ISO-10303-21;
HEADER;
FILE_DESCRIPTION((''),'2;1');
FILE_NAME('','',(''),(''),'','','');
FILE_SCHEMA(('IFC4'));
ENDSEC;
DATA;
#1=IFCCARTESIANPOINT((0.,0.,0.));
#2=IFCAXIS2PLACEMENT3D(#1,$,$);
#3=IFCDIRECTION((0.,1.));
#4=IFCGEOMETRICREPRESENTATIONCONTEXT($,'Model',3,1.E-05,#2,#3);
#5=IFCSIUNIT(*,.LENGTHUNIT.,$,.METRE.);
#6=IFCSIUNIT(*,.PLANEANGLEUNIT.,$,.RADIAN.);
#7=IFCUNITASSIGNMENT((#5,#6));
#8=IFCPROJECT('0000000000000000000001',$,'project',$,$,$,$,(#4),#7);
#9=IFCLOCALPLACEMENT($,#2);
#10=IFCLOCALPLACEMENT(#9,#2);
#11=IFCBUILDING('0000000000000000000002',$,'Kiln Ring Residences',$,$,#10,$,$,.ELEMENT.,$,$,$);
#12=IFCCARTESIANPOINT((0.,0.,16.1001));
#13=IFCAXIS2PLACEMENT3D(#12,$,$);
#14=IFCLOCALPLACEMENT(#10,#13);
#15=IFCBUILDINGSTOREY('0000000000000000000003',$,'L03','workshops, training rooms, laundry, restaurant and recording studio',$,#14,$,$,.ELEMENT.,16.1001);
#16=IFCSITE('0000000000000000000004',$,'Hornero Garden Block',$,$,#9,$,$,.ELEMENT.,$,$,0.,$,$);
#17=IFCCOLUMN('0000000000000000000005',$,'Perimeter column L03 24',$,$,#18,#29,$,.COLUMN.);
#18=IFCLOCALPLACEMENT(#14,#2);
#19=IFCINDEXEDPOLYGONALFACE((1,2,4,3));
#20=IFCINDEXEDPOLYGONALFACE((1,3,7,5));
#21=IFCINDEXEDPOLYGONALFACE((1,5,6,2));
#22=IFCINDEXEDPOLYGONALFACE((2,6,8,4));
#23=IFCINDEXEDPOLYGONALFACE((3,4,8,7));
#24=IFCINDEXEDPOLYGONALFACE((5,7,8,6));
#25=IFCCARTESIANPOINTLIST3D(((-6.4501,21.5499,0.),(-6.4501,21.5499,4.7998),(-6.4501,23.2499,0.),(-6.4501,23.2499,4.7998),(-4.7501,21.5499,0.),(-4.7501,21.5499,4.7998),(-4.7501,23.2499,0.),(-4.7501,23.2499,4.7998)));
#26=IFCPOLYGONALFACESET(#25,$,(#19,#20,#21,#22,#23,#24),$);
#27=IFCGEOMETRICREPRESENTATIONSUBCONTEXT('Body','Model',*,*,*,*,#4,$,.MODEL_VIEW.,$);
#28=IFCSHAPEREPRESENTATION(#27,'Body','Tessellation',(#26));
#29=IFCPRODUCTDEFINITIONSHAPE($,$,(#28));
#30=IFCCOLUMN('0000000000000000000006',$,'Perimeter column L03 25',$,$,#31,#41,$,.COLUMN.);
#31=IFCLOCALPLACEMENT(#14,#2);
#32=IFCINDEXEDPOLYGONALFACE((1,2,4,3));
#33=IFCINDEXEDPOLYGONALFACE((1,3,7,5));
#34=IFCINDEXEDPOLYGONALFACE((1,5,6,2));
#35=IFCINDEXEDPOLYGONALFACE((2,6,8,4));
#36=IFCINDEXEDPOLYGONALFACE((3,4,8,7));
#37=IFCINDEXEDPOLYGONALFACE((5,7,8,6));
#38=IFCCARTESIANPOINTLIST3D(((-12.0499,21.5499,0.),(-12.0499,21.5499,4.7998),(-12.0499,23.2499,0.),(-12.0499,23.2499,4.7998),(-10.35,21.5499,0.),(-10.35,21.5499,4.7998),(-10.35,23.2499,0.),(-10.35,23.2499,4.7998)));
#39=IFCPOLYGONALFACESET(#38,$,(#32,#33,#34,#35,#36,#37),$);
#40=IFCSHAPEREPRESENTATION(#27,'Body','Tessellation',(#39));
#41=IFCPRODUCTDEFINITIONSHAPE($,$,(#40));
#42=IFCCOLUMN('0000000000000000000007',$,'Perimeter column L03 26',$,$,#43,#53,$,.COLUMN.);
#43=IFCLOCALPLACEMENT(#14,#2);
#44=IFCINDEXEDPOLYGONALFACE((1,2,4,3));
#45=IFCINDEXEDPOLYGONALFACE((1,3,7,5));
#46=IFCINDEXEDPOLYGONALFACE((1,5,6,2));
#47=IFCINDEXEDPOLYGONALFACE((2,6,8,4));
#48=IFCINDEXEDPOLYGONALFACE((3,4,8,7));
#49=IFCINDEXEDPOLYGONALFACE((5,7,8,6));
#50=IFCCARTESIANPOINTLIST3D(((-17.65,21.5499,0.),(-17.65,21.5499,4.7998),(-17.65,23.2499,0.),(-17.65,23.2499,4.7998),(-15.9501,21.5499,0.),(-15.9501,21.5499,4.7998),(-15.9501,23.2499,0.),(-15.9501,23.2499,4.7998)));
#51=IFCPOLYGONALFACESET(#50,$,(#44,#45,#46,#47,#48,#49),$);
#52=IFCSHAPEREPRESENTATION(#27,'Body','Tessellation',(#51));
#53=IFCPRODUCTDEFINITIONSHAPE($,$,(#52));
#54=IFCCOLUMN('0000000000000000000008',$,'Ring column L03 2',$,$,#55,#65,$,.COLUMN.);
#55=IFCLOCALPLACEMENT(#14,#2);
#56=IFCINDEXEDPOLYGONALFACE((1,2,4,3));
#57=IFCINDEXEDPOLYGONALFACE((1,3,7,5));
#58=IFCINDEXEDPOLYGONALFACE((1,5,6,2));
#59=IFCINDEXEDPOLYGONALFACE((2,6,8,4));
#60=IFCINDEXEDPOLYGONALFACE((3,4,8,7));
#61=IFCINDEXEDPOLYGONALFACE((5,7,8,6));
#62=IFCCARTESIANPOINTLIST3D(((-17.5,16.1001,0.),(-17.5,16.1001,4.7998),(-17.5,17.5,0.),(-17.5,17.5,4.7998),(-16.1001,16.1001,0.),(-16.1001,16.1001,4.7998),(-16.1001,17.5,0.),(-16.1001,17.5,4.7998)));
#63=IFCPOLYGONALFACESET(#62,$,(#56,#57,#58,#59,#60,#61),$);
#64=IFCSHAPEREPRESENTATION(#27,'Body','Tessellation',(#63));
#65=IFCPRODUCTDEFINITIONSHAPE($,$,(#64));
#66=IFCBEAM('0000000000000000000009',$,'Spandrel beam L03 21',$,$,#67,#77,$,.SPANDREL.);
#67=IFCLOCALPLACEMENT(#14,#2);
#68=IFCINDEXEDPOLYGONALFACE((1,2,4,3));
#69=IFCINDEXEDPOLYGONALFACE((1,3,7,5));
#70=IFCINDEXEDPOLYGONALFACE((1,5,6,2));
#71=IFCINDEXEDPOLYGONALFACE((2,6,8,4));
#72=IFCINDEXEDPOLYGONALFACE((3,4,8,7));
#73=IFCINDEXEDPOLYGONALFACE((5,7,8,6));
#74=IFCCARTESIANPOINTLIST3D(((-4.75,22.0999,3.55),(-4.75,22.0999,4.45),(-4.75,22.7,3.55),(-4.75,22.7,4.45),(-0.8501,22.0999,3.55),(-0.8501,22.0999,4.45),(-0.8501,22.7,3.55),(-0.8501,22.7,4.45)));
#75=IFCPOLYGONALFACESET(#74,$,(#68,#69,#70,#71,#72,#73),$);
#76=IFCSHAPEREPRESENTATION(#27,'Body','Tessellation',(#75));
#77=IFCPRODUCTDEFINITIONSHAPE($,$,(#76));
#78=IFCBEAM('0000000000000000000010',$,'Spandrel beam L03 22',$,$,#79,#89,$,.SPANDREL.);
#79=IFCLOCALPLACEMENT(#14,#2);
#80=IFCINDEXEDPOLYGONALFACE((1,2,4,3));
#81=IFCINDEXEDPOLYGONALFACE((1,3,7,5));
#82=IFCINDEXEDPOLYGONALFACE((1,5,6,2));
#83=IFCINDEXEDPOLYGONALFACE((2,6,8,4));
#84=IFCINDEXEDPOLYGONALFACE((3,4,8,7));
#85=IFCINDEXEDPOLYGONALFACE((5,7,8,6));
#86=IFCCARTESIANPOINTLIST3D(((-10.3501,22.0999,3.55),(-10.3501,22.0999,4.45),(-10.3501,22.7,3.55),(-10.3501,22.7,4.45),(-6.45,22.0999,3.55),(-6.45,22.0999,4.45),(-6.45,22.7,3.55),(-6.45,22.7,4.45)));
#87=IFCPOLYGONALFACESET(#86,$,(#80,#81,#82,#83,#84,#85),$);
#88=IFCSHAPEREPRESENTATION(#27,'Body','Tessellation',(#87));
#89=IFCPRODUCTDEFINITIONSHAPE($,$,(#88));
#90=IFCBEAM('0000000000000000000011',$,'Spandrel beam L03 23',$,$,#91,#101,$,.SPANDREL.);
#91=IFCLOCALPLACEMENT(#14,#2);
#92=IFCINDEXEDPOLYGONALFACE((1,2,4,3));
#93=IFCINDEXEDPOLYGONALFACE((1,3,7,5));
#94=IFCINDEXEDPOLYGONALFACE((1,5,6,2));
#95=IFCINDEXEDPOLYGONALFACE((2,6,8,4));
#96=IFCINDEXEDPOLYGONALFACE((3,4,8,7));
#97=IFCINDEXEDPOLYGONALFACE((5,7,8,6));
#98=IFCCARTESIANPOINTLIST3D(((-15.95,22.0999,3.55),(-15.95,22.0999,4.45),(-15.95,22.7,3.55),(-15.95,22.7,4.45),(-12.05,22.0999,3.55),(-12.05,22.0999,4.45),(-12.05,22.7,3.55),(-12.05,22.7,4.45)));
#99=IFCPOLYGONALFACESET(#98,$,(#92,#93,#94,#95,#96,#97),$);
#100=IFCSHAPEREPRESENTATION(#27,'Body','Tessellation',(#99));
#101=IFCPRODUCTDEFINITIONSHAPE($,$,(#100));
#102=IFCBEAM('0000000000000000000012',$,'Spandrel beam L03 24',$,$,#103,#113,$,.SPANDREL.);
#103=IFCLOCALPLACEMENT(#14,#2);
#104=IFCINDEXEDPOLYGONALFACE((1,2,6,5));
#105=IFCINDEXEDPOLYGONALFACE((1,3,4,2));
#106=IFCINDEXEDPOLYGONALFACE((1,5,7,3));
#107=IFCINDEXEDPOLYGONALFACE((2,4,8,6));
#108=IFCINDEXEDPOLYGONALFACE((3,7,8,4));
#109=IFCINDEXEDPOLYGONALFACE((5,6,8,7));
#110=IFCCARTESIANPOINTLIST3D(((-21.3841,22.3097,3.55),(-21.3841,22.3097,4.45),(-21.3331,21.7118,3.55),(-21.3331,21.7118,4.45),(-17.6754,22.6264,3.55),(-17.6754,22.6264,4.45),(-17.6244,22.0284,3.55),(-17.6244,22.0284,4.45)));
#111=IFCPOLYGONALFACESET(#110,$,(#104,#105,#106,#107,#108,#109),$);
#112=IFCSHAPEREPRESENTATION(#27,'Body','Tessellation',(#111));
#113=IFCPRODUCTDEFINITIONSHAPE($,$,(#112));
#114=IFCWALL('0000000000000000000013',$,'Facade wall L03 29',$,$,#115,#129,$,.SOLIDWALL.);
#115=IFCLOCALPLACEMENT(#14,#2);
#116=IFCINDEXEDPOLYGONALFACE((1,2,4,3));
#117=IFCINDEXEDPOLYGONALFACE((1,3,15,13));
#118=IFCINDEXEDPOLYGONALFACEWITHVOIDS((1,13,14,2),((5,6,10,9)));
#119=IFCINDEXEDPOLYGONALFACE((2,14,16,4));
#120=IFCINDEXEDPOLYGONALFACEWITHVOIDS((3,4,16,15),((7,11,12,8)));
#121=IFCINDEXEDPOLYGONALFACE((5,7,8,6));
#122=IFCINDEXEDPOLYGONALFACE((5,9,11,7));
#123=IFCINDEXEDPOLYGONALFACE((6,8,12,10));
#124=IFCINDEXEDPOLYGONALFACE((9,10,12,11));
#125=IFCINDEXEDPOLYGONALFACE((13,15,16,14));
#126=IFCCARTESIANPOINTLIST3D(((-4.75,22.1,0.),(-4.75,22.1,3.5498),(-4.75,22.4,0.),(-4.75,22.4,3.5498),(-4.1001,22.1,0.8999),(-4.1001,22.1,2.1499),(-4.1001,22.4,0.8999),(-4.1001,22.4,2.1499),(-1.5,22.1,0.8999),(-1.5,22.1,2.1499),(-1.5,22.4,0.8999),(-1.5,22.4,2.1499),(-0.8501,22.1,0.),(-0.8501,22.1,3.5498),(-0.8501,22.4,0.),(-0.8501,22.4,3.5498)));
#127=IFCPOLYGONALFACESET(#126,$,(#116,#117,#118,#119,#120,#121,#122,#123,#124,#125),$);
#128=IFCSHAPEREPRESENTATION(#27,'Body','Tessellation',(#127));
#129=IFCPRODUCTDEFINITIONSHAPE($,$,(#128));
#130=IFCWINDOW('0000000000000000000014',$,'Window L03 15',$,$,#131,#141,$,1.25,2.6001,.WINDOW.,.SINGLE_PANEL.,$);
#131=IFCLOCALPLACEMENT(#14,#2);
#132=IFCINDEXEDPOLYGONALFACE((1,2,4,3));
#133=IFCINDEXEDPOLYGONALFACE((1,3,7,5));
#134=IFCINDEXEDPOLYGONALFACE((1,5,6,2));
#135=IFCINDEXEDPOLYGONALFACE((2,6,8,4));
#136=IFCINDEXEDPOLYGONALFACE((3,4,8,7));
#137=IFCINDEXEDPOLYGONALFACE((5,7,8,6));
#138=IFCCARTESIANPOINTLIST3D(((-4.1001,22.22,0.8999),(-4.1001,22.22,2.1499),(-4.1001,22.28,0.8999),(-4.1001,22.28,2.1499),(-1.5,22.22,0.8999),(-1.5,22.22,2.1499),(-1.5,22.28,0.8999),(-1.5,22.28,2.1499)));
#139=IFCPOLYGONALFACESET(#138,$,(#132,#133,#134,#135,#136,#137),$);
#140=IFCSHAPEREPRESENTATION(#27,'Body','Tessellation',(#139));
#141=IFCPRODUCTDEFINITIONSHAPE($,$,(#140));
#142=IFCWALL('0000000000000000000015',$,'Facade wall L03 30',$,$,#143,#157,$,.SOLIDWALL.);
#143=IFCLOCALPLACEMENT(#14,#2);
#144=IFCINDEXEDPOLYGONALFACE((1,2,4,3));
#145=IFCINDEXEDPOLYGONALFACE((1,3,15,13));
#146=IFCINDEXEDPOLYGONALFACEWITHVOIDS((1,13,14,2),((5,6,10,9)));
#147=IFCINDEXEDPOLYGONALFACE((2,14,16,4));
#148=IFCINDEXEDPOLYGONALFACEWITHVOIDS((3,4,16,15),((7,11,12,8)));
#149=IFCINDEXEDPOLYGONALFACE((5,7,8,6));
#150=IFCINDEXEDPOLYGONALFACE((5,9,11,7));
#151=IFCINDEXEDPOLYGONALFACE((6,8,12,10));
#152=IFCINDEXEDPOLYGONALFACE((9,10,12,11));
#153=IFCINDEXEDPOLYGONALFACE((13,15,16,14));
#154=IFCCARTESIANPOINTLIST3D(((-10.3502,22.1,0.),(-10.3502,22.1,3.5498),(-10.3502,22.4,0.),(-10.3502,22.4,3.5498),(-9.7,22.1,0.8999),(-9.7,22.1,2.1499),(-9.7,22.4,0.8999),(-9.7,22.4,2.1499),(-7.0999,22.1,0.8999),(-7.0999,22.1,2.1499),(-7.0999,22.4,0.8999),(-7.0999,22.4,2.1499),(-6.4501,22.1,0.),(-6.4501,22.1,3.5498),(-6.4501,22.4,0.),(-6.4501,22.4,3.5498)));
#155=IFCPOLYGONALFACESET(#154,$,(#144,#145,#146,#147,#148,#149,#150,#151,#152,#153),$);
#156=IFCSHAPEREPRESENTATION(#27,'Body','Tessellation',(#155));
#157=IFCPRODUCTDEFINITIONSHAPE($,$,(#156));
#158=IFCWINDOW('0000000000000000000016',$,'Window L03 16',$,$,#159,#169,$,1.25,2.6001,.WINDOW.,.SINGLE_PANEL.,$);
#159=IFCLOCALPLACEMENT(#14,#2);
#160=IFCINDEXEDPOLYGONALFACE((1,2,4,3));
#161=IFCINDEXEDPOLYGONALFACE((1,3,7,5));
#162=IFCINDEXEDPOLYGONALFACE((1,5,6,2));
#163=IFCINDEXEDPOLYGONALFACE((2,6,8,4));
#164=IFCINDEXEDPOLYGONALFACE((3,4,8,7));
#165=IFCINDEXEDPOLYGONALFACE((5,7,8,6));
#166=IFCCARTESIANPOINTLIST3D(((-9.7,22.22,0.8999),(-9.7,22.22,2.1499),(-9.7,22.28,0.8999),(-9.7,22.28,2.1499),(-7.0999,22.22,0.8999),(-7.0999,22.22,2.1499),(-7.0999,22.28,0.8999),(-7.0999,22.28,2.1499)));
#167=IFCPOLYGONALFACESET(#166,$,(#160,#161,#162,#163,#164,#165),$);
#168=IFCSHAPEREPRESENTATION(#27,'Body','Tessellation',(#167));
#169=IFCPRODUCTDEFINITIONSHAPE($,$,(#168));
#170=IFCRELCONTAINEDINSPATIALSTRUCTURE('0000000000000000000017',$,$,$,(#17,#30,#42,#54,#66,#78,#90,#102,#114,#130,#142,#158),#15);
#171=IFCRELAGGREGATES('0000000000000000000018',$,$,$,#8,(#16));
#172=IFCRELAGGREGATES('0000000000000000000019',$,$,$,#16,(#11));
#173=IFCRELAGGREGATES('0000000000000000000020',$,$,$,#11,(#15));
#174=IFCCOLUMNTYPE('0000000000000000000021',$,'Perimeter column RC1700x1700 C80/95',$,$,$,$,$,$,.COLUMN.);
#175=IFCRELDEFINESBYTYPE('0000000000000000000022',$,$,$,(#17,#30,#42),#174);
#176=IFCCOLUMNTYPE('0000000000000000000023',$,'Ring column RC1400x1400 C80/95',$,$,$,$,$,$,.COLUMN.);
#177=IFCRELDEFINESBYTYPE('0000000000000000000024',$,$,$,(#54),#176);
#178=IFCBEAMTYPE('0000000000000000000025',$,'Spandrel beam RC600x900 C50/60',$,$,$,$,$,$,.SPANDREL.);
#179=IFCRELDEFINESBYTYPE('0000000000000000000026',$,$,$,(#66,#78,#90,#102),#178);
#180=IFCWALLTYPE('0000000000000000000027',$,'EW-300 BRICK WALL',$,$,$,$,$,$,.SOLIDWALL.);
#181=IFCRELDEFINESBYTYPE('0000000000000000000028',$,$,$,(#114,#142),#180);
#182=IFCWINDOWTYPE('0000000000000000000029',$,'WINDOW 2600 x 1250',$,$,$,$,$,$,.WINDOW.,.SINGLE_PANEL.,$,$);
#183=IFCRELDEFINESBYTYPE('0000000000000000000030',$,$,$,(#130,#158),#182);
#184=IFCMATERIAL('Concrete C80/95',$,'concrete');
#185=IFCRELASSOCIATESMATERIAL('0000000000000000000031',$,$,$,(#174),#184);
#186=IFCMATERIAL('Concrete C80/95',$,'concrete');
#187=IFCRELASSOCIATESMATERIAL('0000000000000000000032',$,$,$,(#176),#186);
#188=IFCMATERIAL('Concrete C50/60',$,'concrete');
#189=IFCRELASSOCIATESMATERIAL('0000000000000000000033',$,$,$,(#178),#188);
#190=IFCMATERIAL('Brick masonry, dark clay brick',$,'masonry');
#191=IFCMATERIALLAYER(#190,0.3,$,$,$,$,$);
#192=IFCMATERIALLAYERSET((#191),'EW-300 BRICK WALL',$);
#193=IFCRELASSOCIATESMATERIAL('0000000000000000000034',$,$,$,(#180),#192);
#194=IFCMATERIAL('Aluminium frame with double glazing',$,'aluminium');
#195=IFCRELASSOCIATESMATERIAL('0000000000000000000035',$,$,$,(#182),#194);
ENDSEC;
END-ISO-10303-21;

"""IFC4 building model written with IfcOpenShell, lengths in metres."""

from ifc_helpers import new_model, si_unit, direction, frame, frame_2d, origin, origin_2d, place, context, subcontext, project, spatial, rectangle, extrude, material, layer, layer_set, material_profile, profile_set, type_object, element, fill, save


model = new_model("IFC4")

# Units and contexts
model_context = context("Model", 3, precision=1e-05, world=origin(), true_north=direction((0.0, 1.0)))
body_context = subcontext(model_context, "Body", "Model", "MODEL_VIEW")
ifc_project = project(units=[si_unit("LENGTHUNIT", "METRE"), si_unit("PLANEANGLEUNIT", "RADIAN")], contexts=[model_context])

# Site, building, storey
site_placement = place(None, origin())
site = spatial("IfcSite", under=ifc_project, at=site_placement, Name="Hornero Garden Block", CompositionType="ELEMENT", RefElevation=0.0)
building_placement = place(site_placement, origin())
building = spatial("IfcBuilding", under=site, at=building_placement, Name="Kiln Ring Residences", CompositionType="ELEMENT")
storey_placement = place(building_placement, frame((0.0, 0.0, 16.1001)))
storey = spatial("IfcBuildingStorey", under=building, at=storey_placement, Name="L03", Description="workshops, training rooms, laundry, restaurant and recording studio", CompositionType="ELEMENT", Elevation=16.1001)

# Columns
ifc_material_1 = material(Name="Concrete C80/95", Category="concrete")
ifc_material_profile_1 = material_profile(ifc_material_1, rectangle(XDim=1.7, YDim=1.7, at=origin_2d()), Name="RC1700x1700")
ifc_profile_set_1 = profile_set([ifc_material_profile_1], Name="Concrete C80/95")
column_type_1 = type_object("IfcColumnType", Name="Perimeter column RC1700x1700 C80/95", PredefinedType="COLUMN", material=ifc_profile_set_1)
for number, where, z_axis, x_axis, name in (
    (1, (-5.6001, 22.3999, 0.0), (0.0, 0.0, 1.0), (1.0, 0.0, 0.0), "Perimeter column L03 24"),
    (2, (-11.2, 22.3999, 0.0), (0.0, 0.0, 1.0), (1.0, 0.0, 0.0), "Perimeter column L03 25"),
    (3, (-16.8, 22.3999, 0.0), (0.0, 0.0, 1.0), (1.0, 0.0, 0.0), "Perimeter column L03 26"),
):
    element("IfcColumn", number, at=place(storey_placement, frame(where, z_axis=z_axis, x_axis=x_axis)), inside=storey, type_object=column_type_1, Name=name, PredefinedType="COLUMN", context=body_context, shape_type="SweptSolid", body=[
        extrude(rectangle(XDim=1.7, YDim=1.7, at=origin_2d()), origin(), (0.0, 0.0, 1.0), 4.7998),
    ])
ifc_material_2 = material(Name="Concrete C80/95", Category="concrete")
ifc_material_profile_2 = material_profile(ifc_material_2, rectangle(XDim=1.3999, YDim=1.3999, at=origin_2d()), Name="RC1400x1400")
ifc_profile_set_2 = profile_set([ifc_material_profile_2], Name="Concrete C80/95")
column_type_2 = type_object("IfcColumnType", Name="Ring column RC1400x1400 C80/95", PredefinedType="COLUMN", material=ifc_profile_set_2)
column_placement = place(storey_placement, frame((-16.8, 16.8, 0.0), z_axis=(0.0, 0.0, 1.0), x_axis=(1.0, 0.0, 0.0)))
element("IfcColumn", 4, at=column_placement, inside=storey, type_object=column_type_2, Name="Ring column L03 2", PredefinedType="COLUMN", context=body_context, shape_type="SweptSolid", body=[
    extrude(rectangle(XDim=1.3999, YDim=1.3999, at=origin_2d()), origin(), (0.0, 0.0, 1.0), 4.7998),
])

# Beams
ifc_material_3 = material(Name="Concrete C50/60", Category="concrete")
ifc_material_profile_3 = material_profile(ifc_material_3, rectangle(XDim=0.6001, YDim=0.8999, at=origin_2d()), Name="RC600x900")
ifc_profile_set_3 = profile_set([ifc_material_profile_3], Name="Concrete C50/60")
beam_type = type_object("IfcBeamType", Name="Spandrel beam RC600x900 C50/60", PredefinedType="SPANDREL", material=ifc_profile_set_3)
beam_1_placement = place(storey_placement, frame((-0.8501, 22.3999, 4.0), z_axis=(-1.0, 0.0, 0.0), x_axis=(0.0, -1.0, 0.0)))
element("IfcBeam", 5, at=beam_1_placement, inside=storey, type_object=beam_type, Name="Spandrel beam L03 21", PredefinedType="SPANDREL", context=body_context, shape_type="SweptSolid", body=[
    extrude(rectangle(XDim=0.6001, YDim=0.8999, at=origin_2d()), origin(), (0.0, 0.0, 1.0), 3.8999),
])
beam_2_placement = place(storey_placement, frame((-6.45, 22.3999, 4.0), z_axis=(-1.0, 0.0, 0.0), x_axis=(0.0, -1.0, 0.0)))
element("IfcBeam", 6, at=beam_2_placement, inside=storey, type_object=beam_type, Name="Spandrel beam L03 22", PredefinedType="SPANDREL", context=body_context, shape_type="SweptSolid", body=[
    extrude(rectangle(XDim=0.6001, YDim=0.8999, at=origin_2d()), origin(), (0.0, 0.0, 1.0), 3.9001),
])
beam_3_placement = place(storey_placement, frame((-12.05, 22.3999, 4.0), z_axis=(-1.0, 0.0, 0.0), x_axis=(0.0, -1.0, 0.0)))
element("IfcBeam", 7, at=beam_3_placement, inside=storey, type_object=beam_type, Name="Spandrel beam L03 23", PredefinedType="SPANDREL", context=body_context, shape_type="SweptSolid", body=[
    extrude(rectangle(XDim=0.6001, YDim=0.8999, at=origin_2d()), origin(), (0.0, 0.0, 1.0), 3.8999),
])
beam_4_placement = place(storey_placement, frame((-17.6499, 22.3274, 4.0), z_axis=(-0.996375, -0.08507, 0.0), x_axis=(0.08507, -0.996375, 0.0)))
element("IfcBeam", 8, at=beam_4_placement, inside=storey, type_object=beam_type, Name="Spandrel beam L03 24", PredefinedType="SPANDREL", context=body_context, shape_type="SweptSolid", body=[
    extrude(rectangle(XDim=0.6001, YDim=0.8999, at=origin_2d()), origin(), (0.0, 0.0, 1.0), 3.7222),
])

# Walls, openings, windows
ifc_material_4 = material(Name="Brick masonry, dark clay brick", Category="masonry")
ifc_layer_1 = layer(ifc_material_4, 0.3)
ifc_layer_set_1 = layer_set([ifc_layer_1], Name="EW-300 BRICK WALL")
wall_type_1 = type_object("IfcWallType", Name="EW-300 BRICK WALL", PredefinedType="SOLIDWALL", material=ifc_layer_set_1)
wall_1_placement = place(storey_placement, frame((-0.8501, 22.25, 0.0), z_axis=(0.0, 0.0, 1.0), x_axis=(-1.0, 0.0, 0.0)))
wall_1 = element("IfcWall", 9, at=wall_1_placement, inside=storey, type_object=wall_type_1, Name="Facade wall L03 29", PredefinedType="SOLIDWALL", context=body_context, shape_type="SweptSolid", body=[
    extrude(rectangle(XDim=3.8999, YDim=0.3, at=frame_2d((1.95, 0.0))), origin(), (0.0, 0.0, 1.0), 3.5498),
])
opening_1_placement = place(wall_1_placement, frame((0.6499, 0.0, 0.8999)))
opening_1 = element("IfcOpeningElement", 10, at=opening_1_placement, cuts=wall_1, PredefinedType="OPENING", context=body_context, shape_type="SweptSolid", body=[
    extrude(rectangle(XDim=2.6001, YDim=1.25, at=frame_2d((1.3, 0.625))), frame((0.0, 0.1599, 0.0), z_axis=(0.0, -1.0, 0.0), x_axis=(1.0, 0.0, 0.0)), (0.0, 0.0, 1.0), 0.3201),
])
ifc_material_5 = material(Name="Aluminium frame with double glazing", Category="aluminium")
window_type_1 = type_object("IfcWindowType", Name="WINDOW 2600 x 1250", PartitioningType="SINGLE_PANEL", PredefinedType="WINDOW", material=ifc_material_5)
window_1_placement = place(opening_1_placement, origin())
window_1 = element("IfcWindow", 11, at=window_1_placement, inside=storey, type_object=window_type_1, Name="Window L03 15", OverallHeight=1.25, OverallWidth=2.6001, PartitioningType="SINGLE_PANEL", PredefinedType="WINDOW", context=body_context, shape_type="SweptSolid", body=[
    extrude(rectangle(XDim=2.6001, YDim=1.25, at=frame_2d((1.3, 0.625))), frame((0.0, 0.03, 0.0), z_axis=(0.0, -1.0, 0.0), x_axis=(1.0, 0.0, 0.0)), (0.0, 0.0, 1.0), 0.0601),
])
fill(opening_1, window_1)
wall_2_placement = place(storey_placement, frame((-6.45, 22.25, 0.0), z_axis=(0.0, 0.0, 1.0), x_axis=(-1.0, 0.0, 0.0)))
wall_2 = element("IfcWall", 12, at=wall_2_placement, inside=storey, type_object=wall_type_1, Name="Facade wall L03 30", PredefinedType="SOLIDWALL", context=body_context, shape_type="SweptSolid", body=[
    extrude(rectangle(XDim=3.9001, YDim=0.3, at=frame_2d((1.9502, 0.0))), origin(), (0.0, 0.0, 1.0), 3.5498),
])
opening_2_placement = place(wall_2_placement, frame((0.6499, 0.0, 0.8999)))
opening_2 = element("IfcOpeningElement", 13, at=opening_2_placement, cuts=wall_2, PredefinedType="OPENING", context=body_context, shape_type="SweptSolid", body=[
    extrude(rectangle(XDim=2.6001, YDim=1.25, at=frame_2d((1.3, 0.625))), frame((0.0, 0.1599, 0.0), z_axis=(0.0, -1.0, 0.0), x_axis=(1.0, 0.0, 0.0)), (0.0, 0.0, 1.0), 0.3201),
])
window_2_placement = place(opening_2_placement, origin())
window_2 = element("IfcWindow", 14, at=window_2_placement, inside=storey, type_object=window_type_1, Name="Window L03 16", OverallHeight=1.25, OverallWidth=2.6001, PartitioningType="SINGLE_PANEL", PredefinedType="WINDOW", context=body_context, shape_type="SweptSolid", body=[
    extrude(rectangle(XDim=2.6001, YDim=1.25, at=frame_2d((1.3, 0.625))), frame((0.0, 0.03, 0.0), z_axis=(0.0, -1.0, 0.0), x_axis=(1.0, 0.0, 0.0)), (0.0, 0.0, 1.0), 0.0601),
])
fill(opening_2, window_2)

save(model, "model.ifc")
